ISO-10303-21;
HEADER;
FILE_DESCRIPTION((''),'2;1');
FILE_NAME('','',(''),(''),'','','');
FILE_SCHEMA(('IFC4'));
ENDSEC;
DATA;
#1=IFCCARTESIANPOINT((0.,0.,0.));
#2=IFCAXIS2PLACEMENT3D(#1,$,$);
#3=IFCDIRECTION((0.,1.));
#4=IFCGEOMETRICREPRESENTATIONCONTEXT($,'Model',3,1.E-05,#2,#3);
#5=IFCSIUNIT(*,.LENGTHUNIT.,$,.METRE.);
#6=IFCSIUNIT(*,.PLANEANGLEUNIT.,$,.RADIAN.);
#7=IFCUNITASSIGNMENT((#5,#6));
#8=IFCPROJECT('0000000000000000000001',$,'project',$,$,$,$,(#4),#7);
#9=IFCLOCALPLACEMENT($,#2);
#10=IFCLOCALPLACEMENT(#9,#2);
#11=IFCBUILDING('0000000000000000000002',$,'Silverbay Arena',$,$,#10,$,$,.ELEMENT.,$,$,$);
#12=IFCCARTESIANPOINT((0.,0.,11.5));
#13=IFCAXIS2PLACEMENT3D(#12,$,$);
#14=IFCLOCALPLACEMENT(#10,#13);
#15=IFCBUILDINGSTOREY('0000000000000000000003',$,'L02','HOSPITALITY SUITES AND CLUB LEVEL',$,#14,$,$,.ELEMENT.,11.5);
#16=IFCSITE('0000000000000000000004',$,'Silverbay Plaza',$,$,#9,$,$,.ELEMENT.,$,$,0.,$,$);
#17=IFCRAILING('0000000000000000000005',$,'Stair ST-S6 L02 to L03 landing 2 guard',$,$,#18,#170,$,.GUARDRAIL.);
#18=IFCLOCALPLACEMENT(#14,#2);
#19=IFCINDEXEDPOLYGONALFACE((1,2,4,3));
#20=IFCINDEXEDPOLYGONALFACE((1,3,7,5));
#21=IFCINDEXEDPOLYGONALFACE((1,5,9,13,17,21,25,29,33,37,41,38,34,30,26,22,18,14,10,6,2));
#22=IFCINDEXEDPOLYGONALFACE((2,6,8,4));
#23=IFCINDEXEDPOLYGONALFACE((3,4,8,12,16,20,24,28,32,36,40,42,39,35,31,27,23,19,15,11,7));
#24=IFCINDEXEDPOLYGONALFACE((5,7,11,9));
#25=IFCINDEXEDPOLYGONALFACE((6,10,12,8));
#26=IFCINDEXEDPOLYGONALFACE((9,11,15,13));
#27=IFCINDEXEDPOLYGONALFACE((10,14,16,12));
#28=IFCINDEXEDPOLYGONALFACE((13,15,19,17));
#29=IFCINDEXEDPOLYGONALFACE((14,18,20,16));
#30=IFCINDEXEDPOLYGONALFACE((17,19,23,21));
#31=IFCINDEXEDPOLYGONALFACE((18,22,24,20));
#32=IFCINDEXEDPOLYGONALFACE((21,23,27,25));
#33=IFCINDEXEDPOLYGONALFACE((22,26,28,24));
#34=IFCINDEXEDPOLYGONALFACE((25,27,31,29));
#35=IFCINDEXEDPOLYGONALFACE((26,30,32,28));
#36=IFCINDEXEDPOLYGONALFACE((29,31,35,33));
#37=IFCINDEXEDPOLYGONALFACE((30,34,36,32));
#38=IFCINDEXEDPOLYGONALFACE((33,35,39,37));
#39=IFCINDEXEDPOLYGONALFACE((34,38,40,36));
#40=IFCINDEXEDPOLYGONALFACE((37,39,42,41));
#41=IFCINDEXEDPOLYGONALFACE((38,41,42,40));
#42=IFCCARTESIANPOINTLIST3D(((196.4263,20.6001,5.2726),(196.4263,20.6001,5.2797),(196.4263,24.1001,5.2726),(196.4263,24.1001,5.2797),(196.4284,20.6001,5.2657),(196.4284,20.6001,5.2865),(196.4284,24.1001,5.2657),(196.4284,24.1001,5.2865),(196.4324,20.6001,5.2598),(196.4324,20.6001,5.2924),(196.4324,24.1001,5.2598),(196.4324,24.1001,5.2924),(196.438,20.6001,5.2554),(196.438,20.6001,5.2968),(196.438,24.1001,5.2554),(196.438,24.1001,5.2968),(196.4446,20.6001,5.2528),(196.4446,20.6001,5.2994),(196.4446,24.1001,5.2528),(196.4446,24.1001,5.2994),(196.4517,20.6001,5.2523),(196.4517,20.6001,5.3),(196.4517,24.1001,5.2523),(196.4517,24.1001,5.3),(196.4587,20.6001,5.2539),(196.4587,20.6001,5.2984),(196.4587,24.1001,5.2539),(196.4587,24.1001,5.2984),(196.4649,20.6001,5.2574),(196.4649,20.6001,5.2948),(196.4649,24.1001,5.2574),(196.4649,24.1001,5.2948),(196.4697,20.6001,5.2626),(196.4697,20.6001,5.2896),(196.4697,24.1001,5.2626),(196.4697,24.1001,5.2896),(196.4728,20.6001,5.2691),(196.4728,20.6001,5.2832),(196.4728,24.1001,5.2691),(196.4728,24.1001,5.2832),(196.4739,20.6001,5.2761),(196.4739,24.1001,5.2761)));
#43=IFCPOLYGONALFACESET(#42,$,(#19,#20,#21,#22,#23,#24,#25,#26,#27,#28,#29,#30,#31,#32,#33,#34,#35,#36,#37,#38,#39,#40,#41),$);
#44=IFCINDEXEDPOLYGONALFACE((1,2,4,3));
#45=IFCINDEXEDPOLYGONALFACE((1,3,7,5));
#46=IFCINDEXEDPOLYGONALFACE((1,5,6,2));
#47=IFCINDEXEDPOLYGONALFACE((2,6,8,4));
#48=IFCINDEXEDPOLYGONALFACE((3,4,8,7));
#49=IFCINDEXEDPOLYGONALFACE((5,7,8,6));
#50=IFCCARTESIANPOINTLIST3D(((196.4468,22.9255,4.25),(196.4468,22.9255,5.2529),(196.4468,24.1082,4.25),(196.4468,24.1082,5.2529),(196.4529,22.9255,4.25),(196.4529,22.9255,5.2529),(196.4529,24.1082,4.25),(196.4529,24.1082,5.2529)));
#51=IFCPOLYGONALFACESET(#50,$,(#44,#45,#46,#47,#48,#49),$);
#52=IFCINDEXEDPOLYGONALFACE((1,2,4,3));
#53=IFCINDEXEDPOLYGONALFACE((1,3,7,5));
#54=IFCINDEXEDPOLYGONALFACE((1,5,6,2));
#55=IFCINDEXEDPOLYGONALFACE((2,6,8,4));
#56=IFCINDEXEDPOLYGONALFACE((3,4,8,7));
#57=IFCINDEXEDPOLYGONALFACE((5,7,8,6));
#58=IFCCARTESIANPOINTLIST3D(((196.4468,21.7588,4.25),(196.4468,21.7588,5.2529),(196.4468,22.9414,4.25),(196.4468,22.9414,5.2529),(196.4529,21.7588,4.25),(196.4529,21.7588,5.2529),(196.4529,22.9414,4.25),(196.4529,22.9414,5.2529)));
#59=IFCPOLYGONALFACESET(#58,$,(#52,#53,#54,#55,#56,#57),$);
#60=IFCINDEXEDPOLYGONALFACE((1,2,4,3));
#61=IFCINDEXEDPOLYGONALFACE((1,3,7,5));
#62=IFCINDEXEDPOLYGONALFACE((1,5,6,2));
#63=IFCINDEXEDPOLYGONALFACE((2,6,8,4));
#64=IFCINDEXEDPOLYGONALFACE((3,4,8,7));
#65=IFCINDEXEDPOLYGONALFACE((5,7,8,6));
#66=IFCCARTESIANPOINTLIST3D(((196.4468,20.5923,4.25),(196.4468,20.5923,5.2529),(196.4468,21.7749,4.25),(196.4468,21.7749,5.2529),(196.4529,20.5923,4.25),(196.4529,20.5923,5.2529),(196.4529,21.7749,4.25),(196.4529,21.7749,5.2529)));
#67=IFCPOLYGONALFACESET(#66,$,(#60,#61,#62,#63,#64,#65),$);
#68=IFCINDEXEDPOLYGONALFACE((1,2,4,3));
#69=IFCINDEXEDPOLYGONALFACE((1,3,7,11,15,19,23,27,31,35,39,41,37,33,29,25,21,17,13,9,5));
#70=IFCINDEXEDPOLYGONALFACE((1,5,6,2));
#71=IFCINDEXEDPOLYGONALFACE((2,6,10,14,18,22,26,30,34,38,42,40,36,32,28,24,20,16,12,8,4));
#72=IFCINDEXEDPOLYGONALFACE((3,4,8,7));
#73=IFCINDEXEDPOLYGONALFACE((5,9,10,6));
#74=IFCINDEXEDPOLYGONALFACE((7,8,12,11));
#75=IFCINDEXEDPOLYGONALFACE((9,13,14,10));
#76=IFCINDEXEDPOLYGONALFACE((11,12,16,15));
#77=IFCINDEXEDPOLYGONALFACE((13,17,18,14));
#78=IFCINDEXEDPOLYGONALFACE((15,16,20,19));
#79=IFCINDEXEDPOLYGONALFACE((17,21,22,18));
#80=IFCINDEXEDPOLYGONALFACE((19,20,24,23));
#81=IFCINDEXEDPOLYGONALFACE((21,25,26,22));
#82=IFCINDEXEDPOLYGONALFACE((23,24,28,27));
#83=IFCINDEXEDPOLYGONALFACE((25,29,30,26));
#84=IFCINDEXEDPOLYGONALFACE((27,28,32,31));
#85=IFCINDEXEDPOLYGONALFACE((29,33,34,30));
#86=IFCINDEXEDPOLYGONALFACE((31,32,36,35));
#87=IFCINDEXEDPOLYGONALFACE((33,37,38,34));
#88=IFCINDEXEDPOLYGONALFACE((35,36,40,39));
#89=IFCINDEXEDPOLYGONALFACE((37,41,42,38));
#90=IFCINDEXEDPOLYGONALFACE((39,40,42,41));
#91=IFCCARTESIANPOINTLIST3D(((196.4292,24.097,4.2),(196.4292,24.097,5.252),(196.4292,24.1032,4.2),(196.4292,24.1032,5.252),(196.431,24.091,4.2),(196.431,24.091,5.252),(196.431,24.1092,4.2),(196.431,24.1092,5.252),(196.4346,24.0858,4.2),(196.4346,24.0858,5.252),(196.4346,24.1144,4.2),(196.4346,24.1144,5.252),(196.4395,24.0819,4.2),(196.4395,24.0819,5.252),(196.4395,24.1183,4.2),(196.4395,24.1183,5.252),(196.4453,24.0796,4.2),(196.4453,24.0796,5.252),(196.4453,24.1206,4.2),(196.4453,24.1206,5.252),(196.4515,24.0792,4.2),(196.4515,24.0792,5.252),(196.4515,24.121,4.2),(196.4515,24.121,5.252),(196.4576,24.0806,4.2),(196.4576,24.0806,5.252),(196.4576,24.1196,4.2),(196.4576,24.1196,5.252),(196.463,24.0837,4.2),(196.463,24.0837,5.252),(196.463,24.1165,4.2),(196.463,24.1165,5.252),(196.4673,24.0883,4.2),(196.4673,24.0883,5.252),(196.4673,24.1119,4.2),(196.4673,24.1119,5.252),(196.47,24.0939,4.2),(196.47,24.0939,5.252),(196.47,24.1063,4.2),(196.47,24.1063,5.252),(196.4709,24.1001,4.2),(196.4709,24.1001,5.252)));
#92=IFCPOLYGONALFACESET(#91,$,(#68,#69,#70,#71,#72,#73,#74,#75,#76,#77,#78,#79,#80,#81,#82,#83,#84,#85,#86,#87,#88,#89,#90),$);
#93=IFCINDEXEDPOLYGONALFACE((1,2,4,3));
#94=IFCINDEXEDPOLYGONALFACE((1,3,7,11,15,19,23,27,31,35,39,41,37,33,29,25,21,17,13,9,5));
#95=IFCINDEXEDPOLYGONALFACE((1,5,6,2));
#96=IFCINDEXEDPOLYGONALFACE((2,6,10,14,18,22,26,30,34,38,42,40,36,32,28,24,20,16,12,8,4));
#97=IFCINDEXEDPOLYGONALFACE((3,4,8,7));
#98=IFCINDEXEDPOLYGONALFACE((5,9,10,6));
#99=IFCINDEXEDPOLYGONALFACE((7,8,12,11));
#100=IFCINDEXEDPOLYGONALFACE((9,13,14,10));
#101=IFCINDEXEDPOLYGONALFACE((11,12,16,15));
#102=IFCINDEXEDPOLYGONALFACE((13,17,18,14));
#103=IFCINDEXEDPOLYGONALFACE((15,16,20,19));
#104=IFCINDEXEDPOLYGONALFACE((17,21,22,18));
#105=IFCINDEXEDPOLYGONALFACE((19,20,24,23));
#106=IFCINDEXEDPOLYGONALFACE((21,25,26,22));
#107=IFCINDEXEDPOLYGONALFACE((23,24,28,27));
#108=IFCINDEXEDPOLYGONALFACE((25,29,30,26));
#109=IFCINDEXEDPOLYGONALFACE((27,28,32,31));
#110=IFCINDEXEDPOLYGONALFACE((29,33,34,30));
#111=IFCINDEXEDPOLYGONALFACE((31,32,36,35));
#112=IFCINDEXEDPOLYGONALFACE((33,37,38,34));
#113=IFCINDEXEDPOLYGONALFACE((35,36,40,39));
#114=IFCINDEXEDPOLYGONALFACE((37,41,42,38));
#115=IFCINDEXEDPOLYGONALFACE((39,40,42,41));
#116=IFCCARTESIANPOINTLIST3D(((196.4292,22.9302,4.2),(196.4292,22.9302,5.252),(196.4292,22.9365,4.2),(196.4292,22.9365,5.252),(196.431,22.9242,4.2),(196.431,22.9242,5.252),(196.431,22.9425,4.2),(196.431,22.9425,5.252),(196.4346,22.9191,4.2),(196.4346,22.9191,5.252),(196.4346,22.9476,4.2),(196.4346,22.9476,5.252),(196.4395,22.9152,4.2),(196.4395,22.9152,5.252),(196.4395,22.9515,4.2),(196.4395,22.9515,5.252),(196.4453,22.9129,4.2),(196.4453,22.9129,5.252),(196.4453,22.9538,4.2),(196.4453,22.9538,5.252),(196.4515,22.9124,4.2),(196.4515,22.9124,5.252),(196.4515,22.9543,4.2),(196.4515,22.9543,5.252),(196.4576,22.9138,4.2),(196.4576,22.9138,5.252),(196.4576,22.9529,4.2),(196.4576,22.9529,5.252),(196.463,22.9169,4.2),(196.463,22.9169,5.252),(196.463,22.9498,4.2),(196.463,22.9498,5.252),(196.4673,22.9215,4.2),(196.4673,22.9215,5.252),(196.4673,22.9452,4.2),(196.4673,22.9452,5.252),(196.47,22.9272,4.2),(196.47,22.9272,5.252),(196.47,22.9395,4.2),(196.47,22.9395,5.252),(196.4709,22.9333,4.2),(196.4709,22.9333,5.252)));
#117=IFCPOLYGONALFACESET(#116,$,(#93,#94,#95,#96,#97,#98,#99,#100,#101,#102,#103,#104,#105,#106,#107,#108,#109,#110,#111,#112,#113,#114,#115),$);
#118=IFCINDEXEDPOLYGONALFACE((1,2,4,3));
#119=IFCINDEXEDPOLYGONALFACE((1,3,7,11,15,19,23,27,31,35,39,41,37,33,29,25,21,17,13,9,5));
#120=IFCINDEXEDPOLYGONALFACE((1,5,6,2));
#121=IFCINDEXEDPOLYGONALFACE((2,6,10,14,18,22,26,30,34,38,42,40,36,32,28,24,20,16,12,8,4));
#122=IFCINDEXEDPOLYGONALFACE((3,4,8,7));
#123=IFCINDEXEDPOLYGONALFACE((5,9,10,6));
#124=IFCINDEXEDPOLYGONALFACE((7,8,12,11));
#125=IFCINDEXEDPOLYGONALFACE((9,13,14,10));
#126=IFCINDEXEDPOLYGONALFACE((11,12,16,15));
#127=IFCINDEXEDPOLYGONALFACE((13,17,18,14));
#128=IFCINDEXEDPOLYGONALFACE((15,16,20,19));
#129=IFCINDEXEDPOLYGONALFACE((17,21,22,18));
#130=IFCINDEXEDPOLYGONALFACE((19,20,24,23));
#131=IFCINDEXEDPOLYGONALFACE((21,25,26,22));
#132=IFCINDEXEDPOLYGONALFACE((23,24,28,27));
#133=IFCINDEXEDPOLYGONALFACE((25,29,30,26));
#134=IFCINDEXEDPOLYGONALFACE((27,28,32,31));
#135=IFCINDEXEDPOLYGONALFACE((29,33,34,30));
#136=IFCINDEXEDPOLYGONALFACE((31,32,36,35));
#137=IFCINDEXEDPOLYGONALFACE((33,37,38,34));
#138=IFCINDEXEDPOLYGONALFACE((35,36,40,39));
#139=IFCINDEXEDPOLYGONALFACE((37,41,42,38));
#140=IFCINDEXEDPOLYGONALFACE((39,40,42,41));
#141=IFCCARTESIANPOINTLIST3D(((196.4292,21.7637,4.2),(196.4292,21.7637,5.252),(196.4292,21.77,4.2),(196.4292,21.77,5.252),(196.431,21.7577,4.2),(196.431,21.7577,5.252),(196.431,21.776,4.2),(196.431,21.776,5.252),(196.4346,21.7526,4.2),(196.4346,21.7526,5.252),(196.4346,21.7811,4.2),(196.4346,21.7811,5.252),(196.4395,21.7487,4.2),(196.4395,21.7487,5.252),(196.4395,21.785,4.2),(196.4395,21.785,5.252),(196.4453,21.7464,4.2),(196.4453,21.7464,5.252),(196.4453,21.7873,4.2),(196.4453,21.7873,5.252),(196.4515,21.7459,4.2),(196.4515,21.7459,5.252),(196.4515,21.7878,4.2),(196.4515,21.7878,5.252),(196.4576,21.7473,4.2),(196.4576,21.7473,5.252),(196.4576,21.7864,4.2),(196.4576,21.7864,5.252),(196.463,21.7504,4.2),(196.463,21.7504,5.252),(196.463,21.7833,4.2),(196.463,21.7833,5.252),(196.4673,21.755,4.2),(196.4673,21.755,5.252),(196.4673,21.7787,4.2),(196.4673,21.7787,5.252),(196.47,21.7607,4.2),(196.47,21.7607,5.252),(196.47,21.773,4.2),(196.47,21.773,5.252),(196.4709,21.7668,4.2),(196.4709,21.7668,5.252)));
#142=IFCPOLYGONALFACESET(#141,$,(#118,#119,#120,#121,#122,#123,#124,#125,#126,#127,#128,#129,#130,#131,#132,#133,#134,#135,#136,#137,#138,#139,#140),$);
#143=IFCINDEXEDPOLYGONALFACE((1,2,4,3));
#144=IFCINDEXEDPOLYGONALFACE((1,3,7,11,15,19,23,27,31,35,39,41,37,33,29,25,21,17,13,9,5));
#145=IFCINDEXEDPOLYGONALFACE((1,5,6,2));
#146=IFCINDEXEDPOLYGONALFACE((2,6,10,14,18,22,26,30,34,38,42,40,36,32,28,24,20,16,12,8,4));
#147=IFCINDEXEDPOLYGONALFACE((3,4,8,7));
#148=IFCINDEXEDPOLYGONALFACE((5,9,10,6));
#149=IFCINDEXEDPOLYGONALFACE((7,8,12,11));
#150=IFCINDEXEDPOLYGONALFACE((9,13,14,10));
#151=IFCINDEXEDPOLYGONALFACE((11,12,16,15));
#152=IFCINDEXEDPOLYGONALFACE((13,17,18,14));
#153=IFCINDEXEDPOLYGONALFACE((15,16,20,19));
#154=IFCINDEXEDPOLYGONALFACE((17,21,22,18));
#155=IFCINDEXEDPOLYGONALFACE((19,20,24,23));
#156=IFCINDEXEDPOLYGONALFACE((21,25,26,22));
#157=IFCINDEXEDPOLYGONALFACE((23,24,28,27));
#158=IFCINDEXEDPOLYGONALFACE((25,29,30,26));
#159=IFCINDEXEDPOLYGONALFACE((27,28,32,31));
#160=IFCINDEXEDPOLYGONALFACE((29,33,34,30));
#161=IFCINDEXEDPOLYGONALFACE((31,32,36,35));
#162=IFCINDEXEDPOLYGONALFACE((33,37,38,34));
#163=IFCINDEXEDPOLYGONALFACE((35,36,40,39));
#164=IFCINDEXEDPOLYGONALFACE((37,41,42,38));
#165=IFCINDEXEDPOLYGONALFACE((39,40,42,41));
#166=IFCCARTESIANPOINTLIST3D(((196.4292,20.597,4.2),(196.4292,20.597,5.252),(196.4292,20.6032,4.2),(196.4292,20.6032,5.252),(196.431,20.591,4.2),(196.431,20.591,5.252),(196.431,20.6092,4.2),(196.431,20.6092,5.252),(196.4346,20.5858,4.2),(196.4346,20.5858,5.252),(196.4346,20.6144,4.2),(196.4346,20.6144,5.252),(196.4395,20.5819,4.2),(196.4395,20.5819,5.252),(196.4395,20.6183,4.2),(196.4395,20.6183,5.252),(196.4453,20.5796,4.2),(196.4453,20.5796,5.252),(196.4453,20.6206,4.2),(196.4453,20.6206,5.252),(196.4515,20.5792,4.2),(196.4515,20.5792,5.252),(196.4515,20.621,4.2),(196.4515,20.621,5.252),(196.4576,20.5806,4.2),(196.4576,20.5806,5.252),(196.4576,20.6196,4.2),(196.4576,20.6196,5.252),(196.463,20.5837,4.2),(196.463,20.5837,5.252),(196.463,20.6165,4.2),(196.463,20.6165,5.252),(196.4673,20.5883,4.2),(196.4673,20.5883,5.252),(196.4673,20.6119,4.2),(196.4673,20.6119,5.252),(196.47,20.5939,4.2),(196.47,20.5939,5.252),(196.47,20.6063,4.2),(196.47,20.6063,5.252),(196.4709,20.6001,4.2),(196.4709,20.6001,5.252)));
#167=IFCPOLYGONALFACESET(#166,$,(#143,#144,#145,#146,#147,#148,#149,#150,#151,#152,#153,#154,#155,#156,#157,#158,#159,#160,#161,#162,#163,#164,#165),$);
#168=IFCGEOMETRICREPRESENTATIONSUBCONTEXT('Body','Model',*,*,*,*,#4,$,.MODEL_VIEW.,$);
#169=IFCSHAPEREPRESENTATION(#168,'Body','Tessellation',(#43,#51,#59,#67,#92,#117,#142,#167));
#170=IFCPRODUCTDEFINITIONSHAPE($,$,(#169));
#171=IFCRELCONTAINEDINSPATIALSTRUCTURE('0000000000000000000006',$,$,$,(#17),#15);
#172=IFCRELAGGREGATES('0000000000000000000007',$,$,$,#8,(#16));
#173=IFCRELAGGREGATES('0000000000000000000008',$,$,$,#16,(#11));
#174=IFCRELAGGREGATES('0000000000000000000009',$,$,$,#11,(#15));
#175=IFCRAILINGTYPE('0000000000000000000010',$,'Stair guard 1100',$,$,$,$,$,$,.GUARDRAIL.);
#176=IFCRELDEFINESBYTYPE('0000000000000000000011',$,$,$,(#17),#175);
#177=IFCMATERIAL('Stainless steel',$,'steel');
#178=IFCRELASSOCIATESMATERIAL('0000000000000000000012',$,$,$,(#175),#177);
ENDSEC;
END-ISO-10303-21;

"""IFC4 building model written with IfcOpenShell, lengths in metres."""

from ifc_helpers import new_model, si_unit, direction, frame, origin, origin_2d, place, context, subcontext, project, spatial, polyline, circle, outline, extrude, material, type_object, element, save


model = new_model("IFC4")

# Units and contexts
model_context = context("Model", 3, precision=1e-05, world=origin(), true_north=direction((0.0, 1.0)))
body_context = subcontext(model_context, "Body", "Model", "MODEL_VIEW")
ifc_project = project(units=[si_unit("LENGTHUNIT", "METRE"), si_unit("PLANEANGLEUNIT", "RADIAN")], contexts=[model_context])

# Site, building, storey
site_placement = place(None, origin())
site = spatial("IfcSite", under=ifc_project, at=site_placement, Name="Silverbay Plaza", CompositionType="ELEMENT", RefElevation=0.0)
building_placement = place(site_placement, origin())
building = spatial("IfcBuilding", under=site, at=building_placement, Name="Silverbay Arena", CompositionType="ELEMENT")
storey_placement = place(building_placement, frame((0.0, 0.0, 11.5)))
storey = spatial("IfcBuildingStorey", under=building, at=storey_placement, Name="L02", Description="HOSPITALITY SUITES AND CLUB LEVEL", CompositionType="ELEMENT", Elevation=11.5)

# Railing
ifc_material_1 = material(Name="Stainless steel", Category="steel")
railing_type_1 = type_object("IfcRailingType", Name="Stair guard 1100", PredefinedType="GUARDRAIL", material=ifc_material_1)
for number, where, name in (
    (1, (196.45, 24.1001, 4.2), "Stair ST-S6 L02 to L03 landing 2 guard"),
):
    element("IfcRailing", number, at=place(storey_placement, frame(where)), inside=storey, type_object=railing_type_1, Name=name, PredefinedType="GUARDRAIL", context=body_context, shape_type="SweptSolid", body=[
        extrude(circle(Radius=0.0239, at=origin_2d()), frame((0.0, 0.0, 1.0762), z_axis=(0.0, -1.0, 0.0), x_axis=(1.0, 0.0, 0.0)), (0.0, 0.0, 1.0), 3.5),
        extrude(outline(polyline([(-0.0081, 0.05), (1.1746, 0.05), (1.1746, 1.053), (-0.0081, 1.053), (-0.0081, 0.05)])), frame((0.0029, 0.0, 0.0), z_axis=(-1.0, 0.0, 0.0), x_axis=(0.0, -1.0, 0.0)), (0.0, 0.0, 1.0), 0.0061),
        extrude(outline(polyline([(-0.0081, 0.05), (1.1746, 0.05), (1.1746, 1.053), (-0.0081, 1.053), (-0.0081, 0.05)])), frame((0.0029, -1.1667, 0.0), z_axis=(-1.0, 0.0, 0.0), x_axis=(0.0, -1.0, 0.0)), (0.0, 0.0, 1.0), 0.0061),
        extrude(outline(polyline([(-0.0081, 0.05), (1.1746, 0.05), (1.1746, 1.053), (-0.0081, 1.053), (-0.0081, 0.05)])), frame((0.0029, -2.3333, 0.0), z_axis=(-1.0, 0.0, 0.0), x_axis=(0.0, -1.0, 0.0)), (0.0, 0.0, 1.0), 0.0061),
        extrude(circle(Radius=0.021, at=origin_2d()), origin(), (0.0, 0.0, 1.0), 1.052),
        extrude(circle(Radius=0.021, at=origin_2d()), frame((0.0, -1.1667, 0.0)), (0.0, 0.0, 1.0), 1.052),
        extrude(circle(Radius=0.021, at=origin_2d()), frame((0.0, -2.3333, 0.0)), (0.0, 0.0, 1.0), 1.052),
        extrude(circle(Radius=0.021, at=origin_2d()), frame((0.0, -3.5, 0.0)), (0.0, 0.0, 1.0), 1.052),
    ])

save(model, "model.ifc")
